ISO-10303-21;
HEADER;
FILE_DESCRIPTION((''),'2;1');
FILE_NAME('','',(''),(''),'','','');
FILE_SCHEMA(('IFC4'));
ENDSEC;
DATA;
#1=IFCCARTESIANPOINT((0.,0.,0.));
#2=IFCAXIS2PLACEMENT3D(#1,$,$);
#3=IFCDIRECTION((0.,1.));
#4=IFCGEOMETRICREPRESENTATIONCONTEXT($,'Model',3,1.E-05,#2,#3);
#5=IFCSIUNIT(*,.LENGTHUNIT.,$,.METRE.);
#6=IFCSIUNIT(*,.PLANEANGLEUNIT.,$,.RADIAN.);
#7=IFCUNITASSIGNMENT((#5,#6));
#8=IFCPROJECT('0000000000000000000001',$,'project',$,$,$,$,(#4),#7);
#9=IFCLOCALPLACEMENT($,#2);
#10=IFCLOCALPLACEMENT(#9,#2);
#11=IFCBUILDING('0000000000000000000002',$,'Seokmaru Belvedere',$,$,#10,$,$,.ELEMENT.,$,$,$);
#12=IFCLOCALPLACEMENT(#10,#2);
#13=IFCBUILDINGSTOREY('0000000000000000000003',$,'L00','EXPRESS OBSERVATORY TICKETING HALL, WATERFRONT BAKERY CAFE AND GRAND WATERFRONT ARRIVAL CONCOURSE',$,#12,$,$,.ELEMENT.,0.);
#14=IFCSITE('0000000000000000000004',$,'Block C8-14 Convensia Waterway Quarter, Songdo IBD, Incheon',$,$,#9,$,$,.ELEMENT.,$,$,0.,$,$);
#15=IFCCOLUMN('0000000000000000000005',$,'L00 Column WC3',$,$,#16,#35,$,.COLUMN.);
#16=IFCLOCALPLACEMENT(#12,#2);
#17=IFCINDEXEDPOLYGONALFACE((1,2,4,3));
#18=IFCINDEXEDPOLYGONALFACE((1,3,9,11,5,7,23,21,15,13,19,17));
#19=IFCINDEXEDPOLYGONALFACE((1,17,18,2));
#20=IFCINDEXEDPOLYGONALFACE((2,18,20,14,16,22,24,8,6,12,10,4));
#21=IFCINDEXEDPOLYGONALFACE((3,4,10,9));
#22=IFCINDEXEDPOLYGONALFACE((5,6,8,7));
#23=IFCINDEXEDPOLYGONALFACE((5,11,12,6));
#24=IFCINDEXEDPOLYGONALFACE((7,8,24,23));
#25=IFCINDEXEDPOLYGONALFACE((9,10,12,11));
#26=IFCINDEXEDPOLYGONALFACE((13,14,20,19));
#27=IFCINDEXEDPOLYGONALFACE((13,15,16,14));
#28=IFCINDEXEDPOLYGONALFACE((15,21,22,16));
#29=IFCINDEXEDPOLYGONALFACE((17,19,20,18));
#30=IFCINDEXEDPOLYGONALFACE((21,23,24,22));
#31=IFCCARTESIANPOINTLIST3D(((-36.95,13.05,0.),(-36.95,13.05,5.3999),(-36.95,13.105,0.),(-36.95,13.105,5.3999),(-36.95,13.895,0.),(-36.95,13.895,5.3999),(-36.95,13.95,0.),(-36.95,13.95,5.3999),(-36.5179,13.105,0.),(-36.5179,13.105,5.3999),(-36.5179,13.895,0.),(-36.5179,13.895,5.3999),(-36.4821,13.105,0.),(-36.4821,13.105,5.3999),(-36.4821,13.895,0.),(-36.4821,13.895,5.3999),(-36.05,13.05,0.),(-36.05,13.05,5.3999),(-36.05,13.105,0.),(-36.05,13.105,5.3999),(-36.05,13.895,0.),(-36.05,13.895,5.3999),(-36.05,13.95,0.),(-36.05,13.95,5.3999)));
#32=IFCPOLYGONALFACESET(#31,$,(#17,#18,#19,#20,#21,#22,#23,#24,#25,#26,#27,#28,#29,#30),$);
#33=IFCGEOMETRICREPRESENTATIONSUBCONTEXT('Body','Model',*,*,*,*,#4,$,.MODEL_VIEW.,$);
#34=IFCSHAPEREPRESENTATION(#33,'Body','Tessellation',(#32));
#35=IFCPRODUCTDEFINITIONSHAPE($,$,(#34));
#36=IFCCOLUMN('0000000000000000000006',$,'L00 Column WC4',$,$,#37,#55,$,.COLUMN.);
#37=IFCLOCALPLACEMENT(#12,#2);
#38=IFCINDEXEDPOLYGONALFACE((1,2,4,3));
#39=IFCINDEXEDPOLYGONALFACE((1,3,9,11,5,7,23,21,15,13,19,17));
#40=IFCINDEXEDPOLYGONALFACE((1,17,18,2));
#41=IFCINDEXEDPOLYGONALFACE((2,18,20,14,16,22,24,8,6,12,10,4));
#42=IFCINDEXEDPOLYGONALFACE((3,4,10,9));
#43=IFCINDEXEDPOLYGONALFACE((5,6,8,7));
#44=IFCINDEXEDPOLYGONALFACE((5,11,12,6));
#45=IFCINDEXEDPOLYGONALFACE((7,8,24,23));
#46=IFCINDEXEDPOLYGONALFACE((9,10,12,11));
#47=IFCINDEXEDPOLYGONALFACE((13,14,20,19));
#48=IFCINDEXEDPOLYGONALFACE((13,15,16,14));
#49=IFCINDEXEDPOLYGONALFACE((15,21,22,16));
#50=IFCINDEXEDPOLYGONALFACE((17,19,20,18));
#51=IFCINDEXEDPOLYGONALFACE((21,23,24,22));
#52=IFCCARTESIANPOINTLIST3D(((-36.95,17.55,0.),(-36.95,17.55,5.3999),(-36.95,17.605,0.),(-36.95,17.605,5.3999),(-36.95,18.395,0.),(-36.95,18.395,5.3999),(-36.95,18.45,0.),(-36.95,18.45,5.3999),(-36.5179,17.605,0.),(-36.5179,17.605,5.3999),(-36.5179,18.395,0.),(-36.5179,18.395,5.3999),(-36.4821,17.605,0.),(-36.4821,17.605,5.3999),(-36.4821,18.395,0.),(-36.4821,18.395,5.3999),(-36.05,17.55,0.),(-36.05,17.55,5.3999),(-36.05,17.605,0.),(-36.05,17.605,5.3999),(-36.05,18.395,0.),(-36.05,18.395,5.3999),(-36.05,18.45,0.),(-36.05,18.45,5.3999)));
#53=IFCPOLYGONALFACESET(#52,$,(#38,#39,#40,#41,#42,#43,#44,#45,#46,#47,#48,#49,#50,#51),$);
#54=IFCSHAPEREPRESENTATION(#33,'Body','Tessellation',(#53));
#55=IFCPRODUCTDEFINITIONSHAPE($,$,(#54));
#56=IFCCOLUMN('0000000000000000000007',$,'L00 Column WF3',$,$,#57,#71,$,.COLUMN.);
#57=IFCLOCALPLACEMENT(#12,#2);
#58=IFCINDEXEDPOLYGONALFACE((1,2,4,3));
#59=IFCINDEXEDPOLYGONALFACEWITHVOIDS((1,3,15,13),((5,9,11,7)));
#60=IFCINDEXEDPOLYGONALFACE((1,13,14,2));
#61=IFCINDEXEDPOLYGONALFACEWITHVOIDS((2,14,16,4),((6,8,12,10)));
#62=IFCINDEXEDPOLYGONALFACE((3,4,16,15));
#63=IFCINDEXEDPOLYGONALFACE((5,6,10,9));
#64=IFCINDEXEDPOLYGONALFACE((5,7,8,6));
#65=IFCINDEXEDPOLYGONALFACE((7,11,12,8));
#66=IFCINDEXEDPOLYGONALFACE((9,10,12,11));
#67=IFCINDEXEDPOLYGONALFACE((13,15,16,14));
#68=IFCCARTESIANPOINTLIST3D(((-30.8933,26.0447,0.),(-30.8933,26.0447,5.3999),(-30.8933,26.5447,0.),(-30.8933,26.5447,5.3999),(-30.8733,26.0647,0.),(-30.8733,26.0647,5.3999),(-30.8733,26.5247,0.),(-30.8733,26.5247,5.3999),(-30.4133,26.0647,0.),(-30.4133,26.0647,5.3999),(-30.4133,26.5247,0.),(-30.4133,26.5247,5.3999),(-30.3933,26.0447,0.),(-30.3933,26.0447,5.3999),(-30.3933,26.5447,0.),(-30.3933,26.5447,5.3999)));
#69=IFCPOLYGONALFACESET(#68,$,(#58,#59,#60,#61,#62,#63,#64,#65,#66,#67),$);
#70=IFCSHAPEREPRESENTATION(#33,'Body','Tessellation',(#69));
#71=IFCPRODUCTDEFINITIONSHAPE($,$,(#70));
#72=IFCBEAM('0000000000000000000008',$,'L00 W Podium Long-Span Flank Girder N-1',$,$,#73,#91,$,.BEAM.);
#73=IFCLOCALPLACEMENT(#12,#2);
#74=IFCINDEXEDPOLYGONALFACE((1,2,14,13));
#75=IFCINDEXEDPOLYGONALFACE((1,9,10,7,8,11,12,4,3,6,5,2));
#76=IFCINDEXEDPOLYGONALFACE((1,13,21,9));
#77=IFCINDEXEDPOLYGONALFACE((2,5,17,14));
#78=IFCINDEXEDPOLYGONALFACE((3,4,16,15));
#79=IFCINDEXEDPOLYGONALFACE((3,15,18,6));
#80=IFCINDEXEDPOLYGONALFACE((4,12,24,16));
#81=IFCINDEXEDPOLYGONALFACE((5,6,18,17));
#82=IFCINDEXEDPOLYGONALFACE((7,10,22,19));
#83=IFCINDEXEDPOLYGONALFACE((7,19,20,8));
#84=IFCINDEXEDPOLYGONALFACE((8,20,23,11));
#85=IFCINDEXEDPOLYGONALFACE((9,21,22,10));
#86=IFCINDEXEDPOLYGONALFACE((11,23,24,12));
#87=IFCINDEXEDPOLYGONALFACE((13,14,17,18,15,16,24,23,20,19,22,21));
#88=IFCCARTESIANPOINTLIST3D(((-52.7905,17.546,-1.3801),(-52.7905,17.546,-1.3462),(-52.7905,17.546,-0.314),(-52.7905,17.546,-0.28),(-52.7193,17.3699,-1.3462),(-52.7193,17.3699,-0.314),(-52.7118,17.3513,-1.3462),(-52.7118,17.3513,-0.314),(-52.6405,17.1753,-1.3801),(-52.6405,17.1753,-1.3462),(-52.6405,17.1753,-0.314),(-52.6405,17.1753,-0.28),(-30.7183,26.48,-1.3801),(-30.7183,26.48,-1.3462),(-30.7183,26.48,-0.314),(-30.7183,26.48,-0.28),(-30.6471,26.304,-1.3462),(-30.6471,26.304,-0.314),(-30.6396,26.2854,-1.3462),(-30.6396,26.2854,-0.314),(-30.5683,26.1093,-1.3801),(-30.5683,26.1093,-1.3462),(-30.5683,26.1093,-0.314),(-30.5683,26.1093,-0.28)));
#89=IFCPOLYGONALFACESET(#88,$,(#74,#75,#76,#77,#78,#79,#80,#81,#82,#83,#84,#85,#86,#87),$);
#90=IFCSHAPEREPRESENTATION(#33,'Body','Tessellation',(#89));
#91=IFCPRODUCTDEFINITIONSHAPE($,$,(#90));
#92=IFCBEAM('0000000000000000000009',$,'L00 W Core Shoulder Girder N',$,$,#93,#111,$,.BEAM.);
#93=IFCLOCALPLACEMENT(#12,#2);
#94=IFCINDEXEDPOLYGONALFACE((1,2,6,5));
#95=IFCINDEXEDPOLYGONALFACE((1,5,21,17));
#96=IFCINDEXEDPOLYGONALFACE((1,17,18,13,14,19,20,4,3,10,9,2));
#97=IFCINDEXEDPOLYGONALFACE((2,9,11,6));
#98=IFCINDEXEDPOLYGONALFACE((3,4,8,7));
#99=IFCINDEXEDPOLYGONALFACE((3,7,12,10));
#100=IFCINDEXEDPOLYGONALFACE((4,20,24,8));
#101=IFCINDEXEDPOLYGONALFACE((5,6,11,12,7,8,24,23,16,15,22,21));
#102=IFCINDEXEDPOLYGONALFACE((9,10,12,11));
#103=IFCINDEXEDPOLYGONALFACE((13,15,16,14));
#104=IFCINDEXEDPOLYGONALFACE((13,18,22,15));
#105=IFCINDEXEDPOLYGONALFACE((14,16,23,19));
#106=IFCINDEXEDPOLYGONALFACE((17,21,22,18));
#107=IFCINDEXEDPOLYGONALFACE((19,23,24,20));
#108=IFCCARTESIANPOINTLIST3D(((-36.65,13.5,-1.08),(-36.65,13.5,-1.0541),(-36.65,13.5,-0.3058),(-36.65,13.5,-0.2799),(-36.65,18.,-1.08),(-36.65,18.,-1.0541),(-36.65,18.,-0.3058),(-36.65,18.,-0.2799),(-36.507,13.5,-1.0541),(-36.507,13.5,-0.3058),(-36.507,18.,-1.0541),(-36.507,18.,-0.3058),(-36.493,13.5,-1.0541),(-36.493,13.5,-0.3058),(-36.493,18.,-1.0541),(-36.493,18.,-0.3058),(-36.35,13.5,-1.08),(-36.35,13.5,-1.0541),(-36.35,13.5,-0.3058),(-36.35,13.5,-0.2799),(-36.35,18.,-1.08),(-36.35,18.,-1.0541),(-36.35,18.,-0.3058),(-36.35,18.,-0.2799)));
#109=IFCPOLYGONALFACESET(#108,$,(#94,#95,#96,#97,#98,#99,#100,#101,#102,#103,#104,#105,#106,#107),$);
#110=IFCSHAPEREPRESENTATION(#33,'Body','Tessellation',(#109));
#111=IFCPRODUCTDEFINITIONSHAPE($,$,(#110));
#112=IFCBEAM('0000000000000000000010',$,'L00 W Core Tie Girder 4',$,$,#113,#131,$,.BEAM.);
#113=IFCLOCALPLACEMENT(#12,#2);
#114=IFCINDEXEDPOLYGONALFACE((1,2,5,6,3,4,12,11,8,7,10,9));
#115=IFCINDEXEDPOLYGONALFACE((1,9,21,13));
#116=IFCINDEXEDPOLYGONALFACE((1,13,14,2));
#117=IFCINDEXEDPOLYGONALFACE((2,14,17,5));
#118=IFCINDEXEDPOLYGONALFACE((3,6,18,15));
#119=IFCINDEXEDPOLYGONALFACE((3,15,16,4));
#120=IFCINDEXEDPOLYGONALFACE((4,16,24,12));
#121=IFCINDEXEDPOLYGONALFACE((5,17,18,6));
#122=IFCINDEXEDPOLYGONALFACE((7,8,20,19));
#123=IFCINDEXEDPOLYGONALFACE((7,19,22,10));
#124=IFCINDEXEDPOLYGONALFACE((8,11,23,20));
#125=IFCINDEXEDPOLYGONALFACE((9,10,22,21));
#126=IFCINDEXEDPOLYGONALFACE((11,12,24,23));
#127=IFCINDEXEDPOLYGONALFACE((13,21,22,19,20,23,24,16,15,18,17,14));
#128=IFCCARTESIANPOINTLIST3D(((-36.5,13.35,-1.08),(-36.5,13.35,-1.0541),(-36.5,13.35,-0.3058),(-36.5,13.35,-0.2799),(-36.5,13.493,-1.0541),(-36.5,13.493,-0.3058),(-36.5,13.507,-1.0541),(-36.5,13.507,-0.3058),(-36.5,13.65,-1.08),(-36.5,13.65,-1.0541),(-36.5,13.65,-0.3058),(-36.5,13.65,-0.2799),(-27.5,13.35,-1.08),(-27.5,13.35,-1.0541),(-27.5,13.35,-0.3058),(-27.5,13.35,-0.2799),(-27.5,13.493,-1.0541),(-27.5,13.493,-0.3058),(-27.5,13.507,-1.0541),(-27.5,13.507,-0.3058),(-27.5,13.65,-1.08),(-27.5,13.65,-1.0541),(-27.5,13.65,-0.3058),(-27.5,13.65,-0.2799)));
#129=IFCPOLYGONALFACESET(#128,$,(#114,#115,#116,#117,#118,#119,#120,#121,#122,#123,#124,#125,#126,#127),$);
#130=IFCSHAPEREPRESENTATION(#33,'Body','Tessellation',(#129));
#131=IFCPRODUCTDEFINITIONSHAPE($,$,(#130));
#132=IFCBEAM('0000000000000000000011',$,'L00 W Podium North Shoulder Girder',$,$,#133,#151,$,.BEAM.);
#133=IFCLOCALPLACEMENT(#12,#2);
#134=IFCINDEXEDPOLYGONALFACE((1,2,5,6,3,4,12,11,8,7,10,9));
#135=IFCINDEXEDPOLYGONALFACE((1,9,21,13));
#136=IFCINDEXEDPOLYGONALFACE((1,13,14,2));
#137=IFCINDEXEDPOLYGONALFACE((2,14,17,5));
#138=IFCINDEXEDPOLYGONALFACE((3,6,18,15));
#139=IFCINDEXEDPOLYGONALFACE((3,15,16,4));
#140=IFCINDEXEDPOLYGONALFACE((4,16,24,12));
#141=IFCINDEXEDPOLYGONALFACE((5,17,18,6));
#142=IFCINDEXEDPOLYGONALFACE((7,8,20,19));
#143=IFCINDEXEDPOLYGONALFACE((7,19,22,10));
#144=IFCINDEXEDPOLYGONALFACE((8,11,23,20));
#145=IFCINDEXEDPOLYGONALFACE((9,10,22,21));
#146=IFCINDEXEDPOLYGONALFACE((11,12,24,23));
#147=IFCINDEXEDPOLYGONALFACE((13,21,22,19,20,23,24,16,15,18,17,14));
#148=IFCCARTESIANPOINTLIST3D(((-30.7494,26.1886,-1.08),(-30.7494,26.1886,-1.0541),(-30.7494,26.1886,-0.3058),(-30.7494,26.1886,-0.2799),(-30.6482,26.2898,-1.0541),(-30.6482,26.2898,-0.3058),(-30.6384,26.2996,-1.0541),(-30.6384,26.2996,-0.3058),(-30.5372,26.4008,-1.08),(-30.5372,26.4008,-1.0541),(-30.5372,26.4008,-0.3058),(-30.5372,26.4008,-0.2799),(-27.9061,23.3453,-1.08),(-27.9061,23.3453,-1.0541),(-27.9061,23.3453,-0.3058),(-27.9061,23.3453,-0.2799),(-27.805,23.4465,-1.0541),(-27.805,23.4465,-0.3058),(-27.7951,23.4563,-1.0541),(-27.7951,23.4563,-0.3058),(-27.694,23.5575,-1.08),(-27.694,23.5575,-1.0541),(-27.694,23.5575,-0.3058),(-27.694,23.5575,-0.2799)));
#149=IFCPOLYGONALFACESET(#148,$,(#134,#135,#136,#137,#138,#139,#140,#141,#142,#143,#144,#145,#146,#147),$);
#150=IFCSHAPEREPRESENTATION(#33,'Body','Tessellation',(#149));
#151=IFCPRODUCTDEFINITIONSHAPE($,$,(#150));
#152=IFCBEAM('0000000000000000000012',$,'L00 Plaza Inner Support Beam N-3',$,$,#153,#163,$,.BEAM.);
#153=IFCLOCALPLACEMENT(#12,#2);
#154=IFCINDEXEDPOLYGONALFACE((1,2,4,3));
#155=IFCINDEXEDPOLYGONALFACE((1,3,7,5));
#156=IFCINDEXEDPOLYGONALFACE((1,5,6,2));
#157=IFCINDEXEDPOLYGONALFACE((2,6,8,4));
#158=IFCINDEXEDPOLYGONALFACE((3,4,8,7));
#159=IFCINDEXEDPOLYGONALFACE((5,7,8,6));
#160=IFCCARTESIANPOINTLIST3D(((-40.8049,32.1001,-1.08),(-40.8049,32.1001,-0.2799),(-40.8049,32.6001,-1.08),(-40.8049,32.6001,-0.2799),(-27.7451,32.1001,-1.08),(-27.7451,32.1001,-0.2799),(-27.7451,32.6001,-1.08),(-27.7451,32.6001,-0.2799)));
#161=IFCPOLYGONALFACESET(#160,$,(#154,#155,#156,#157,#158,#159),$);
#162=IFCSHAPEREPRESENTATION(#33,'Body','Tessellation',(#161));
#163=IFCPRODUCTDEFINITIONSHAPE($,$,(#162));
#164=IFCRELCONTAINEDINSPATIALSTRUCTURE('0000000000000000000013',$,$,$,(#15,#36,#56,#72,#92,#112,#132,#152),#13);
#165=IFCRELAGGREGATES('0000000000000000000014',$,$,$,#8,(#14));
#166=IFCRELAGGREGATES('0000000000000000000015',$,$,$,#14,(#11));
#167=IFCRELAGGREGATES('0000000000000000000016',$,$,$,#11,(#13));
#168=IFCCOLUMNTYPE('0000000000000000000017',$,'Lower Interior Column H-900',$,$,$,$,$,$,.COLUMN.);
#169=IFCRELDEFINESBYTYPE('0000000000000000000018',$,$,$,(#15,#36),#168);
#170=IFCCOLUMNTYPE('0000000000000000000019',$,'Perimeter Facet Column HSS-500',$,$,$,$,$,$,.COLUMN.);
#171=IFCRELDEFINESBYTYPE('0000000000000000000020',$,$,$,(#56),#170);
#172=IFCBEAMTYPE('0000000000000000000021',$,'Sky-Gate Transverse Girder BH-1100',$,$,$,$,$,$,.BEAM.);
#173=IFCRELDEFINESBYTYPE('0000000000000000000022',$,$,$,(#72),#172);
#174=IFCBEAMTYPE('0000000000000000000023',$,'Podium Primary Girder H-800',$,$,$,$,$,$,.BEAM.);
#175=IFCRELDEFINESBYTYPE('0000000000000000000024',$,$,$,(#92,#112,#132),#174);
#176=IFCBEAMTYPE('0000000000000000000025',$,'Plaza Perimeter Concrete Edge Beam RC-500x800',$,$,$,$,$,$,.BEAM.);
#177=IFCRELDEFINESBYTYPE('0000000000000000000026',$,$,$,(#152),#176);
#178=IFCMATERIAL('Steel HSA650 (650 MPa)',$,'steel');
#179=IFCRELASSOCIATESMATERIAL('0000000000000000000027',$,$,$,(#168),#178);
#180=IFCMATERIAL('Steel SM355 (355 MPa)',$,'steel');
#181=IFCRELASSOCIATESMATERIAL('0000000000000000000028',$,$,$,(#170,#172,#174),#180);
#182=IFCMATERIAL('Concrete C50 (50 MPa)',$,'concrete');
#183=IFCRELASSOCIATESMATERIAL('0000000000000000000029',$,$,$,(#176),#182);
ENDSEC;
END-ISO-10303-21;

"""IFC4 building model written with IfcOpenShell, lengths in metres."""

from ifc_helpers import new_model, si_unit, direction, frame, origin, origin_2d, place, context, subcontext, project, spatial, rectangle, hollow_rectangle, i_section, extrude, source, transform, mapped, material, material_profile, profile_set, type_object, type_shapes, element, save


model = new_model("IFC4")

# Units and contexts
model_context = context("Model", 3, precision=1e-05, world=origin(), true_north=direction((0.0, 1.0)))
body_context = subcontext(model_context, "Body", "Model", "MODEL_VIEW")
ifc_project = project(units=[si_unit("LENGTHUNIT", "METRE"), si_unit("PLANEANGLEUNIT", "RADIAN")], contexts=[model_context])

# Site, building, storey
site_placement = place(None, origin())
site = spatial("IfcSite", under=ifc_project, at=site_placement, Name="Block C8-14 Convensia Waterway Quarter, Songdo IBD, Incheon", CompositionType="ELEMENT", RefElevation=0.0)
building_placement = place(site_placement, origin())
building = spatial("IfcBuilding", under=site, at=building_placement, Name="Seokmaru Belvedere", CompositionType="ELEMENT")
storey_placement = place(building_placement, origin())
storey = spatial("IfcBuildingStorey", under=building, at=storey_placement, Name="L00", Description="EXPRESS OBSERVATORY TICKETING HALL, WATERFRONT BAKERY CAFE AND GRAND WATERFRONT ARRIVAL CONCOURSE", CompositionType="ELEMENT", Elevation=0.0)

# Columns
ifc_material_1 = material(Name="Steel HSA650 (650 MPa)", Category="steel")
ifc_material_profile_1 = material_profile(ifc_material_1, i_section(OverallWidth=0.8999, OverallDepth=0.8999, WebThickness=0.0359, FlangeThickness=0.0549, at=origin_2d()), Name="H-900x900x36x55")
ifc_profile_set_1 = profile_set([ifc_material_profile_1], Name="Steel HSA650 (650 MPa)")
column_type_1 = type_object("IfcColumnType", Name="Lower Interior Column H-900", PredefinedType="COLUMN", material=ifc_profile_set_1)
shared_shape_1 = source(origin(), body_context, "Body", "SweptSolid", [
    extrude(i_section(OverallWidth=0.8999, OverallDepth=0.8999, WebThickness=0.0359, FlangeThickness=0.0549, at=origin_2d()), origin(), (0.0, 0.0, 1.0), 5.3999),
])
type_shapes(column_type_1, [shared_shape_1])
for number, where, z_axis, x_axis, name in (
    (1, (-36.5, 13.5, 0.0), (0.0, 0.0, 1.0), (1.0, 0.0, 0.0), "L00 Column WC3"),
    (2, (-36.5, 18.0, 0.0), (0.0, 0.0, 1.0), (1.0, 0.0, 0.0), "L00 Column WC4"),
):
    element("IfcColumn", number, at=place(storey_placement, frame(where, z_axis=z_axis, x_axis=x_axis)), inside=storey, type_object=column_type_1, Name=name, PredefinedType="COLUMN", context=body_context, shape_type="MappedRepresentation", body=[
        mapped(shared_shape_1, transform((0.0, 0.0, 0.0), scale=1.0)),
    ])
ifc_material_2 = material(Name="Steel SM355 (355 MPa)", Category="steel")
ifc_material_profile_2 = material_profile(ifc_material_2, hollow_rectangle(XDim=0.5, YDim=0.5, WallThickness=0.02, at=origin_2d()), Name="HSS-500x500x20")
ifc_profile_set_2 = profile_set([ifc_material_profile_2], Name="Steel SM355 (355 MPa)")
column_type_2 = type_object("IfcColumnType", Name="Perimeter Facet Column HSS-500", PredefinedType="COLUMN", material=ifc_profile_set_2)
shared_shape_2 = source(origin(), body_context, "Body", "SweptSolid", [
    extrude(hollow_rectangle(XDim=0.5, YDim=0.5, WallThickness=0.02, at=origin_2d()), origin(), (0.0, 0.0, 1.0), 5.3999),
])
type_shapes(column_type_2, [shared_shape_2])
column_placement = place(storey_placement, frame((-30.6433, 26.2947, 0.0), z_axis=(0.0, 0.0, 1.0), x_axis=(1.0, 0.0, 0.0)))
element("IfcColumn", 3, at=column_placement, inside=storey, type_object=column_type_2, Name="L00 Column WF3", PredefinedType="COLUMN", context=body_context, shape_type="MappedRepresentation", body=[
    mapped(shared_shape_2, transform((0.0, 0.0, 0.0), scale=1.0)),
])

# Beams
ifc_material_profile_3 = material_profile(ifc_material_2, i_section(OverallWidth=0.3999, OverallDepth=1.1001, WebThickness=0.02, FlangeThickness=0.0339, at=origin_2d()), Name="BH-1100x400x20x34")
ifc_profile_set_3 = profile_set([ifc_material_profile_3], Name="Steel SM355 (355 MPa)")
beam_type_1 = type_object("IfcBeamType", Name="Sky-Gate Transverse Girder BH-1100", PredefinedType="BEAM", material=ifc_profile_set_3)
shared_shape_3 = source(origin(), body_context, "Body", "SweptSolid", [
    extrude(i_section(OverallWidth=0.3999, OverallDepth=1.1001, WebThickness=0.02, FlangeThickness=0.0339, at=origin_2d()), origin(), (0.0, 0.0, 1.0), 23.8118),
])
beam_1_placement = place(storey_placement, frame((-30.6433, 26.2947, -0.8301), z_axis=(-0.926946, -0.375195, 0.0), x_axis=(0.375195, -0.926946, 0.0)))
element("IfcBeam", 4, at=beam_1_placement, inside=storey, type_object=beam_type_1, Name="L00 W Podium Long-Span Flank Girder N-1", PredefinedType="BEAM", context=body_context, shape_type="MappedRepresentation", body=[
    mapped(shared_shape_3, transform((0.0, 0.0, 0.0), scale=1.0)),
])
ifc_material_profile_4 = material_profile(ifc_material_2, i_section(OverallWidth=0.3, OverallDepth=0.8, WebThickness=0.0139, FlangeThickness=0.0259, at=origin_2d()), Name="H-800x300x14x26")
ifc_profile_set_4 = profile_set([ifc_material_profile_4], Name="Steel SM355 (355 MPa)")
beam_type_2 = type_object("IfcBeamType", Name="Podium Primary Girder H-800", PredefinedType="BEAM", material=ifc_profile_set_4)
shared_shape_4 = source(origin(), body_context, "Body", "SweptSolid", [
    extrude(i_section(OverallWidth=0.3, OverallDepth=0.8, WebThickness=0.0139, FlangeThickness=0.0259, at=origin_2d()), origin(), (0.0, 0.0, 1.0), 4.5),
])
beam_2_placement = place(storey_placement, frame((-36.5, 13.5, -0.6799), z_axis=(0.0, 1.0, 0.0), x_axis=(-1.0, 0.0, 0.0)))
element("IfcBeam", 5, at=beam_2_placement, inside=storey, type_object=beam_type_2, Name="L00 W Core Shoulder Girder N", PredefinedType="BEAM", context=body_context, shape_type="MappedRepresentation", body=[
    mapped(shared_shape_4, transform((0.0, 0.0, 0.0), scale=1.0)),
])
shared_shape_5 = source(origin(), body_context, "Body", "SweptSolid", [
    extrude(i_section(OverallWidth=0.3, OverallDepth=0.8, WebThickness=0.0139, FlangeThickness=0.0259, at=origin_2d()), origin(), (0.0, 0.0, 1.0), 9.0),
])
beam_3_placement = place(storey_placement, frame((-36.5, 13.5, -0.6799), z_axis=(1.0, 0.0, 0.0), x_axis=(0.0, 1.0, 0.0)))
element("IfcBeam", 6, at=beam_3_placement, inside=storey, type_object=beam_type_2, Name="L00 W Core Tie Girder 4", PredefinedType="BEAM", context=body_context, shape_type="MappedRepresentation", body=[
    mapped(shared_shape_5, transform((0.0, 0.0, 0.0), scale=1.0)),
])
shared_shape_6 = source(origin(), body_context, "Body", "SweptSolid", [
    extrude(i_section(OverallWidth=0.3, OverallDepth=0.8, WebThickness=0.0139, FlangeThickness=0.0259, at=origin_2d()), origin(), (0.0, 0.0, 1.0), 4.021),
])
type_shapes(beam_type_2, [shared_shape_4, shared_shape_5, shared_shape_6])
beam_4_placement = place(storey_placement, frame((-30.6433, 26.2947, -0.6799), z_axis=(0.707107, -0.707107, 0.0), x_axis=(0.707107, 0.707107, 0.0)))
element("IfcBeam", 7, at=beam_4_placement, inside=storey, type_object=beam_type_2, Name="L00 W Podium North Shoulder Girder", PredefinedType="BEAM", context=body_context, shape_type="MappedRepresentation", body=[
    mapped(shared_shape_6, transform((0.0, 0.0, 0.0), scale=1.0)),
])
ifc_material_3 = material(Name="Concrete C50 (50 MPa)", Category="concrete")
ifc_material_profile_5 = material_profile(ifc_material_3, rectangle(XDim=0.5, YDim=0.8, at=origin_2d()), Name="RC-500x800")
ifc_profile_set_5 = profile_set([ifc_material_profile_5], Name="Concrete C50 (50 MPa)")
beam_type_3 = type_object("IfcBeamType", Name="Plaza Perimeter Concrete Edge Beam RC-500x800", PredefinedType="BEAM", material=ifc_profile_set_5)
shared_shape_7 = source(origin(), body_context, "Body", "SweptSolid", [
    extrude(rectangle(XDim=0.5, YDim=0.8, at=origin_2d()), origin(), (0.0, 0.0, 1.0), 13.0598),
])
type_shapes(beam_type_3, [shared_shape_7])
beam_5_placement = place(storey_placement, frame((-40.8049, 32.3501, -0.6799), z_axis=(1.0, 0.0, 0.0), x_axis=(0.0, 1.0, 0.0)))
element("IfcBeam", 8, at=beam_5_placement, inside=storey, type_object=beam_type_3, Name="L00 Plaza Inner Support Beam N-3", PredefinedType="BEAM", context=body_context, shape_type="MappedRepresentation", body=[
    mapped(shared_shape_7, transform((0.0, 0.0, 0.0), scale=1.0)),
])

save(model, "model.ifc")
